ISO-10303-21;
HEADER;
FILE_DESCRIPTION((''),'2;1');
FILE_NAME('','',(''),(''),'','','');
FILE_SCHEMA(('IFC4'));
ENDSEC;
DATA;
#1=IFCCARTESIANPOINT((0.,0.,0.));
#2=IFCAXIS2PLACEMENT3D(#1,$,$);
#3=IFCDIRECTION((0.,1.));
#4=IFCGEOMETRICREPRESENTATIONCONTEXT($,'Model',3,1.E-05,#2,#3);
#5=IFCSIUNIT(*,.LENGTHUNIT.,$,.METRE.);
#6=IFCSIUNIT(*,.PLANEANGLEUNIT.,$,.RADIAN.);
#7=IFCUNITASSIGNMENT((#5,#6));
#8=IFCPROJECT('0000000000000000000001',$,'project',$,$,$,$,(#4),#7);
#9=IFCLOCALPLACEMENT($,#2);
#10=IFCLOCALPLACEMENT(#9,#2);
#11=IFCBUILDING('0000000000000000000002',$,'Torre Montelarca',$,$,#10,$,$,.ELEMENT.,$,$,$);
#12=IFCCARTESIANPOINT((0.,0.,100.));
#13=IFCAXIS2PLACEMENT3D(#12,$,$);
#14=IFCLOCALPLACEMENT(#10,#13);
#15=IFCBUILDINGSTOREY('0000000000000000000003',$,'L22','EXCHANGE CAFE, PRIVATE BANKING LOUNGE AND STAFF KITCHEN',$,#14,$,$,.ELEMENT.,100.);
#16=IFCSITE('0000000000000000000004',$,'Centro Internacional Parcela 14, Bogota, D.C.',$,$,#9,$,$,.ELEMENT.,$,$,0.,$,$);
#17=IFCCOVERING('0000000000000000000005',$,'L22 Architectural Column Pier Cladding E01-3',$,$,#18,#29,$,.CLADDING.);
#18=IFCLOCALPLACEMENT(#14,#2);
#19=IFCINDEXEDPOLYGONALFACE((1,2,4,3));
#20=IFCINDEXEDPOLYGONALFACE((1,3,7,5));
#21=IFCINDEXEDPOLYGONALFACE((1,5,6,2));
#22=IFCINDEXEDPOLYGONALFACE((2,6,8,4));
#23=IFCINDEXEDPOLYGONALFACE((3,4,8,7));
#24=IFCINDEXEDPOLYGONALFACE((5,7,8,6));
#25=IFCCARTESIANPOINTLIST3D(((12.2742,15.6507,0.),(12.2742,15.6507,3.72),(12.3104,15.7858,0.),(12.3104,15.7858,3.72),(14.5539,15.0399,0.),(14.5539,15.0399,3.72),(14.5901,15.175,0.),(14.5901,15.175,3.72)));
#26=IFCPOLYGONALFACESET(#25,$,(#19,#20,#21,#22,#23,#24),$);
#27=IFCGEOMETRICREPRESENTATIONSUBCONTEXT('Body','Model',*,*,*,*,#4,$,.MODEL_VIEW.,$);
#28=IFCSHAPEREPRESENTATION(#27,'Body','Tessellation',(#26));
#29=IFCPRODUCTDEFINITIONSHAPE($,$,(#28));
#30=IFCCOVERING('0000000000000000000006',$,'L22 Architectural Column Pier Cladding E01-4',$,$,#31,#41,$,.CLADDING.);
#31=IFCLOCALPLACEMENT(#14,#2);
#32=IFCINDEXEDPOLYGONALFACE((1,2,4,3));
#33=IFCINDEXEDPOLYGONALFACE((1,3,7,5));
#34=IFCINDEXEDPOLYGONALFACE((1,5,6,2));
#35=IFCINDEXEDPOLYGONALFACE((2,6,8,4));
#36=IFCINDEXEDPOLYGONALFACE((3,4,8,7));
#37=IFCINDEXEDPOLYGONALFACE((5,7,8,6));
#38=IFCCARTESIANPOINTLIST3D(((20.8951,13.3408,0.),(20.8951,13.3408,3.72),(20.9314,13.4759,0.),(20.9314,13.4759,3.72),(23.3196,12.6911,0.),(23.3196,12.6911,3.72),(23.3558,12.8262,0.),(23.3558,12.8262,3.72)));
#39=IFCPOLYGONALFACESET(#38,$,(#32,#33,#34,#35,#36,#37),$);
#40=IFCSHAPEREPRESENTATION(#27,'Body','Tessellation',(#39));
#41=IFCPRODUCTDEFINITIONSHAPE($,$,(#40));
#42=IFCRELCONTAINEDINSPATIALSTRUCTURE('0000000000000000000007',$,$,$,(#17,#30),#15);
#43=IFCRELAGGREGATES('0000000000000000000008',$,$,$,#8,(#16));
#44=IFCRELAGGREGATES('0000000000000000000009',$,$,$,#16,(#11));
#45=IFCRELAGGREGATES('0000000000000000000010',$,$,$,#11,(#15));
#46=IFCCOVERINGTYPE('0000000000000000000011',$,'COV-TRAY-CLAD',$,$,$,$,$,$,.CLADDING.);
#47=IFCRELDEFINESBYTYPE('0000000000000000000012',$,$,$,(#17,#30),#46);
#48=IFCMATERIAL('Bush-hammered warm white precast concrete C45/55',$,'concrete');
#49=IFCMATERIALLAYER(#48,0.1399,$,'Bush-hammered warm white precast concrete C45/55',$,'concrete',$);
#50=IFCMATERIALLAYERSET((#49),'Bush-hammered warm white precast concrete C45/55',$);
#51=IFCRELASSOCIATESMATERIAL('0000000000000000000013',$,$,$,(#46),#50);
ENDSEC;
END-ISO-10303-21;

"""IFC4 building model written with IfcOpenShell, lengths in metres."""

from ifc_helpers import new_model, si_unit, direction, frame, origin, origin_2d, place, context, subcontext, project, spatial, rectangle, extrude, source, transform, mapped, material, layer, layer_set, type_object, element, save


model = new_model("IFC4")

# Units and contexts
model_context = context("Model", 3, precision=1e-05, world=origin(), true_north=direction((0.0, 1.0)))
body_context = subcontext(model_context, "Body", "Model", "MODEL_VIEW")
ifc_project = project(units=[si_unit("LENGTHUNIT", "METRE"), si_unit("PLANEANGLEUNIT", "RADIAN")], contexts=[model_context])

# Site, building, storey
site_placement = place(None, origin())
site = spatial("IfcSite", under=ifc_project, at=site_placement, Name="Centro Internacional Parcela 14, Bogota, D.C.", CompositionType="ELEMENT", RefElevation=0.0)
building_placement = place(site_placement, origin())
building = spatial("IfcBuilding", under=site, at=building_placement, Name="Torre Montelarca", CompositionType="ELEMENT")
storey_placement = place(building_placement, frame((0.0, 0.0, 100.0)))
storey = spatial("IfcBuildingStorey", under=building, at=storey_placement, Name="L22", Description="EXCHANGE CAFE, PRIVATE BANKING LOUNGE AND STAFF KITCHEN", CompositionType="ELEMENT", Elevation=100.0)

# Coverings
ifc_material_1 = material(Name="Bush-hammered warm white precast concrete C45/55", Category="concrete")
ifc_layer_1 = layer(ifc_material_1, 0.1399, Name="Bush-hammered warm white precast concrete C45/55", Category="concrete")
ifc_layer_set_1 = layer_set([ifc_layer_1], Name="Bush-hammered warm white precast concrete C45/55")
covering_type = type_object("IfcCoveringType", Name="COV-TRAY-CLAD", PredefinedType="CLADDING", material=ifc_layer_set_1)
shared_shape_1 = source(origin(), body_context, "Body", "SweptSolid", [
    extrude(rectangle(XDim=2.3601, YDim=0.1399, at=origin_2d()), origin(), (0.0, 0.0, 1.0), 3.72),
])
covering_1_placement = place(storey_placement, frame((13.4321, 15.4128, 0.0), z_axis=(0.0, 0.0, 1.0), x_axis=(0.965926, -0.258819, 0.0)))
element("IfcCovering", 1, at=covering_1_placement, inside=storey, type_object=covering_type, Name="L22 Architectural Column Pier Cladding E01-3", PredefinedType="CLADDING", context=body_context, shape_type="MappedRepresentation", body=[
    mapped(shared_shape_1, transform((0.0, 0.0, 0.0), scale=1.0)),
])
shared_shape_2 = source(origin(), body_context, "Body", "SweptSolid", [
    extrude(rectangle(XDim=2.51, YDim=0.1399, at=origin_2d()), origin(), (0.0, 0.0, 1.0), 3.72),
])
covering_2_placement = place(storey_placement, frame((22.1255, 13.0835, 0.0), z_axis=(0.0, 0.0, 1.0), x_axis=(0.965926, -0.258819, 0.0)))
element("IfcCovering", 2, at=covering_2_placement, inside=storey, type_object=covering_type, Name="L22 Architectural Column Pier Cladding E01-4", PredefinedType="CLADDING", context=body_context, shape_type="MappedRepresentation", body=[
    mapped(shared_shape_2, transform((0.0, 0.0, 0.0), scale=1.0)),
])

save(model, "model.ifc")
